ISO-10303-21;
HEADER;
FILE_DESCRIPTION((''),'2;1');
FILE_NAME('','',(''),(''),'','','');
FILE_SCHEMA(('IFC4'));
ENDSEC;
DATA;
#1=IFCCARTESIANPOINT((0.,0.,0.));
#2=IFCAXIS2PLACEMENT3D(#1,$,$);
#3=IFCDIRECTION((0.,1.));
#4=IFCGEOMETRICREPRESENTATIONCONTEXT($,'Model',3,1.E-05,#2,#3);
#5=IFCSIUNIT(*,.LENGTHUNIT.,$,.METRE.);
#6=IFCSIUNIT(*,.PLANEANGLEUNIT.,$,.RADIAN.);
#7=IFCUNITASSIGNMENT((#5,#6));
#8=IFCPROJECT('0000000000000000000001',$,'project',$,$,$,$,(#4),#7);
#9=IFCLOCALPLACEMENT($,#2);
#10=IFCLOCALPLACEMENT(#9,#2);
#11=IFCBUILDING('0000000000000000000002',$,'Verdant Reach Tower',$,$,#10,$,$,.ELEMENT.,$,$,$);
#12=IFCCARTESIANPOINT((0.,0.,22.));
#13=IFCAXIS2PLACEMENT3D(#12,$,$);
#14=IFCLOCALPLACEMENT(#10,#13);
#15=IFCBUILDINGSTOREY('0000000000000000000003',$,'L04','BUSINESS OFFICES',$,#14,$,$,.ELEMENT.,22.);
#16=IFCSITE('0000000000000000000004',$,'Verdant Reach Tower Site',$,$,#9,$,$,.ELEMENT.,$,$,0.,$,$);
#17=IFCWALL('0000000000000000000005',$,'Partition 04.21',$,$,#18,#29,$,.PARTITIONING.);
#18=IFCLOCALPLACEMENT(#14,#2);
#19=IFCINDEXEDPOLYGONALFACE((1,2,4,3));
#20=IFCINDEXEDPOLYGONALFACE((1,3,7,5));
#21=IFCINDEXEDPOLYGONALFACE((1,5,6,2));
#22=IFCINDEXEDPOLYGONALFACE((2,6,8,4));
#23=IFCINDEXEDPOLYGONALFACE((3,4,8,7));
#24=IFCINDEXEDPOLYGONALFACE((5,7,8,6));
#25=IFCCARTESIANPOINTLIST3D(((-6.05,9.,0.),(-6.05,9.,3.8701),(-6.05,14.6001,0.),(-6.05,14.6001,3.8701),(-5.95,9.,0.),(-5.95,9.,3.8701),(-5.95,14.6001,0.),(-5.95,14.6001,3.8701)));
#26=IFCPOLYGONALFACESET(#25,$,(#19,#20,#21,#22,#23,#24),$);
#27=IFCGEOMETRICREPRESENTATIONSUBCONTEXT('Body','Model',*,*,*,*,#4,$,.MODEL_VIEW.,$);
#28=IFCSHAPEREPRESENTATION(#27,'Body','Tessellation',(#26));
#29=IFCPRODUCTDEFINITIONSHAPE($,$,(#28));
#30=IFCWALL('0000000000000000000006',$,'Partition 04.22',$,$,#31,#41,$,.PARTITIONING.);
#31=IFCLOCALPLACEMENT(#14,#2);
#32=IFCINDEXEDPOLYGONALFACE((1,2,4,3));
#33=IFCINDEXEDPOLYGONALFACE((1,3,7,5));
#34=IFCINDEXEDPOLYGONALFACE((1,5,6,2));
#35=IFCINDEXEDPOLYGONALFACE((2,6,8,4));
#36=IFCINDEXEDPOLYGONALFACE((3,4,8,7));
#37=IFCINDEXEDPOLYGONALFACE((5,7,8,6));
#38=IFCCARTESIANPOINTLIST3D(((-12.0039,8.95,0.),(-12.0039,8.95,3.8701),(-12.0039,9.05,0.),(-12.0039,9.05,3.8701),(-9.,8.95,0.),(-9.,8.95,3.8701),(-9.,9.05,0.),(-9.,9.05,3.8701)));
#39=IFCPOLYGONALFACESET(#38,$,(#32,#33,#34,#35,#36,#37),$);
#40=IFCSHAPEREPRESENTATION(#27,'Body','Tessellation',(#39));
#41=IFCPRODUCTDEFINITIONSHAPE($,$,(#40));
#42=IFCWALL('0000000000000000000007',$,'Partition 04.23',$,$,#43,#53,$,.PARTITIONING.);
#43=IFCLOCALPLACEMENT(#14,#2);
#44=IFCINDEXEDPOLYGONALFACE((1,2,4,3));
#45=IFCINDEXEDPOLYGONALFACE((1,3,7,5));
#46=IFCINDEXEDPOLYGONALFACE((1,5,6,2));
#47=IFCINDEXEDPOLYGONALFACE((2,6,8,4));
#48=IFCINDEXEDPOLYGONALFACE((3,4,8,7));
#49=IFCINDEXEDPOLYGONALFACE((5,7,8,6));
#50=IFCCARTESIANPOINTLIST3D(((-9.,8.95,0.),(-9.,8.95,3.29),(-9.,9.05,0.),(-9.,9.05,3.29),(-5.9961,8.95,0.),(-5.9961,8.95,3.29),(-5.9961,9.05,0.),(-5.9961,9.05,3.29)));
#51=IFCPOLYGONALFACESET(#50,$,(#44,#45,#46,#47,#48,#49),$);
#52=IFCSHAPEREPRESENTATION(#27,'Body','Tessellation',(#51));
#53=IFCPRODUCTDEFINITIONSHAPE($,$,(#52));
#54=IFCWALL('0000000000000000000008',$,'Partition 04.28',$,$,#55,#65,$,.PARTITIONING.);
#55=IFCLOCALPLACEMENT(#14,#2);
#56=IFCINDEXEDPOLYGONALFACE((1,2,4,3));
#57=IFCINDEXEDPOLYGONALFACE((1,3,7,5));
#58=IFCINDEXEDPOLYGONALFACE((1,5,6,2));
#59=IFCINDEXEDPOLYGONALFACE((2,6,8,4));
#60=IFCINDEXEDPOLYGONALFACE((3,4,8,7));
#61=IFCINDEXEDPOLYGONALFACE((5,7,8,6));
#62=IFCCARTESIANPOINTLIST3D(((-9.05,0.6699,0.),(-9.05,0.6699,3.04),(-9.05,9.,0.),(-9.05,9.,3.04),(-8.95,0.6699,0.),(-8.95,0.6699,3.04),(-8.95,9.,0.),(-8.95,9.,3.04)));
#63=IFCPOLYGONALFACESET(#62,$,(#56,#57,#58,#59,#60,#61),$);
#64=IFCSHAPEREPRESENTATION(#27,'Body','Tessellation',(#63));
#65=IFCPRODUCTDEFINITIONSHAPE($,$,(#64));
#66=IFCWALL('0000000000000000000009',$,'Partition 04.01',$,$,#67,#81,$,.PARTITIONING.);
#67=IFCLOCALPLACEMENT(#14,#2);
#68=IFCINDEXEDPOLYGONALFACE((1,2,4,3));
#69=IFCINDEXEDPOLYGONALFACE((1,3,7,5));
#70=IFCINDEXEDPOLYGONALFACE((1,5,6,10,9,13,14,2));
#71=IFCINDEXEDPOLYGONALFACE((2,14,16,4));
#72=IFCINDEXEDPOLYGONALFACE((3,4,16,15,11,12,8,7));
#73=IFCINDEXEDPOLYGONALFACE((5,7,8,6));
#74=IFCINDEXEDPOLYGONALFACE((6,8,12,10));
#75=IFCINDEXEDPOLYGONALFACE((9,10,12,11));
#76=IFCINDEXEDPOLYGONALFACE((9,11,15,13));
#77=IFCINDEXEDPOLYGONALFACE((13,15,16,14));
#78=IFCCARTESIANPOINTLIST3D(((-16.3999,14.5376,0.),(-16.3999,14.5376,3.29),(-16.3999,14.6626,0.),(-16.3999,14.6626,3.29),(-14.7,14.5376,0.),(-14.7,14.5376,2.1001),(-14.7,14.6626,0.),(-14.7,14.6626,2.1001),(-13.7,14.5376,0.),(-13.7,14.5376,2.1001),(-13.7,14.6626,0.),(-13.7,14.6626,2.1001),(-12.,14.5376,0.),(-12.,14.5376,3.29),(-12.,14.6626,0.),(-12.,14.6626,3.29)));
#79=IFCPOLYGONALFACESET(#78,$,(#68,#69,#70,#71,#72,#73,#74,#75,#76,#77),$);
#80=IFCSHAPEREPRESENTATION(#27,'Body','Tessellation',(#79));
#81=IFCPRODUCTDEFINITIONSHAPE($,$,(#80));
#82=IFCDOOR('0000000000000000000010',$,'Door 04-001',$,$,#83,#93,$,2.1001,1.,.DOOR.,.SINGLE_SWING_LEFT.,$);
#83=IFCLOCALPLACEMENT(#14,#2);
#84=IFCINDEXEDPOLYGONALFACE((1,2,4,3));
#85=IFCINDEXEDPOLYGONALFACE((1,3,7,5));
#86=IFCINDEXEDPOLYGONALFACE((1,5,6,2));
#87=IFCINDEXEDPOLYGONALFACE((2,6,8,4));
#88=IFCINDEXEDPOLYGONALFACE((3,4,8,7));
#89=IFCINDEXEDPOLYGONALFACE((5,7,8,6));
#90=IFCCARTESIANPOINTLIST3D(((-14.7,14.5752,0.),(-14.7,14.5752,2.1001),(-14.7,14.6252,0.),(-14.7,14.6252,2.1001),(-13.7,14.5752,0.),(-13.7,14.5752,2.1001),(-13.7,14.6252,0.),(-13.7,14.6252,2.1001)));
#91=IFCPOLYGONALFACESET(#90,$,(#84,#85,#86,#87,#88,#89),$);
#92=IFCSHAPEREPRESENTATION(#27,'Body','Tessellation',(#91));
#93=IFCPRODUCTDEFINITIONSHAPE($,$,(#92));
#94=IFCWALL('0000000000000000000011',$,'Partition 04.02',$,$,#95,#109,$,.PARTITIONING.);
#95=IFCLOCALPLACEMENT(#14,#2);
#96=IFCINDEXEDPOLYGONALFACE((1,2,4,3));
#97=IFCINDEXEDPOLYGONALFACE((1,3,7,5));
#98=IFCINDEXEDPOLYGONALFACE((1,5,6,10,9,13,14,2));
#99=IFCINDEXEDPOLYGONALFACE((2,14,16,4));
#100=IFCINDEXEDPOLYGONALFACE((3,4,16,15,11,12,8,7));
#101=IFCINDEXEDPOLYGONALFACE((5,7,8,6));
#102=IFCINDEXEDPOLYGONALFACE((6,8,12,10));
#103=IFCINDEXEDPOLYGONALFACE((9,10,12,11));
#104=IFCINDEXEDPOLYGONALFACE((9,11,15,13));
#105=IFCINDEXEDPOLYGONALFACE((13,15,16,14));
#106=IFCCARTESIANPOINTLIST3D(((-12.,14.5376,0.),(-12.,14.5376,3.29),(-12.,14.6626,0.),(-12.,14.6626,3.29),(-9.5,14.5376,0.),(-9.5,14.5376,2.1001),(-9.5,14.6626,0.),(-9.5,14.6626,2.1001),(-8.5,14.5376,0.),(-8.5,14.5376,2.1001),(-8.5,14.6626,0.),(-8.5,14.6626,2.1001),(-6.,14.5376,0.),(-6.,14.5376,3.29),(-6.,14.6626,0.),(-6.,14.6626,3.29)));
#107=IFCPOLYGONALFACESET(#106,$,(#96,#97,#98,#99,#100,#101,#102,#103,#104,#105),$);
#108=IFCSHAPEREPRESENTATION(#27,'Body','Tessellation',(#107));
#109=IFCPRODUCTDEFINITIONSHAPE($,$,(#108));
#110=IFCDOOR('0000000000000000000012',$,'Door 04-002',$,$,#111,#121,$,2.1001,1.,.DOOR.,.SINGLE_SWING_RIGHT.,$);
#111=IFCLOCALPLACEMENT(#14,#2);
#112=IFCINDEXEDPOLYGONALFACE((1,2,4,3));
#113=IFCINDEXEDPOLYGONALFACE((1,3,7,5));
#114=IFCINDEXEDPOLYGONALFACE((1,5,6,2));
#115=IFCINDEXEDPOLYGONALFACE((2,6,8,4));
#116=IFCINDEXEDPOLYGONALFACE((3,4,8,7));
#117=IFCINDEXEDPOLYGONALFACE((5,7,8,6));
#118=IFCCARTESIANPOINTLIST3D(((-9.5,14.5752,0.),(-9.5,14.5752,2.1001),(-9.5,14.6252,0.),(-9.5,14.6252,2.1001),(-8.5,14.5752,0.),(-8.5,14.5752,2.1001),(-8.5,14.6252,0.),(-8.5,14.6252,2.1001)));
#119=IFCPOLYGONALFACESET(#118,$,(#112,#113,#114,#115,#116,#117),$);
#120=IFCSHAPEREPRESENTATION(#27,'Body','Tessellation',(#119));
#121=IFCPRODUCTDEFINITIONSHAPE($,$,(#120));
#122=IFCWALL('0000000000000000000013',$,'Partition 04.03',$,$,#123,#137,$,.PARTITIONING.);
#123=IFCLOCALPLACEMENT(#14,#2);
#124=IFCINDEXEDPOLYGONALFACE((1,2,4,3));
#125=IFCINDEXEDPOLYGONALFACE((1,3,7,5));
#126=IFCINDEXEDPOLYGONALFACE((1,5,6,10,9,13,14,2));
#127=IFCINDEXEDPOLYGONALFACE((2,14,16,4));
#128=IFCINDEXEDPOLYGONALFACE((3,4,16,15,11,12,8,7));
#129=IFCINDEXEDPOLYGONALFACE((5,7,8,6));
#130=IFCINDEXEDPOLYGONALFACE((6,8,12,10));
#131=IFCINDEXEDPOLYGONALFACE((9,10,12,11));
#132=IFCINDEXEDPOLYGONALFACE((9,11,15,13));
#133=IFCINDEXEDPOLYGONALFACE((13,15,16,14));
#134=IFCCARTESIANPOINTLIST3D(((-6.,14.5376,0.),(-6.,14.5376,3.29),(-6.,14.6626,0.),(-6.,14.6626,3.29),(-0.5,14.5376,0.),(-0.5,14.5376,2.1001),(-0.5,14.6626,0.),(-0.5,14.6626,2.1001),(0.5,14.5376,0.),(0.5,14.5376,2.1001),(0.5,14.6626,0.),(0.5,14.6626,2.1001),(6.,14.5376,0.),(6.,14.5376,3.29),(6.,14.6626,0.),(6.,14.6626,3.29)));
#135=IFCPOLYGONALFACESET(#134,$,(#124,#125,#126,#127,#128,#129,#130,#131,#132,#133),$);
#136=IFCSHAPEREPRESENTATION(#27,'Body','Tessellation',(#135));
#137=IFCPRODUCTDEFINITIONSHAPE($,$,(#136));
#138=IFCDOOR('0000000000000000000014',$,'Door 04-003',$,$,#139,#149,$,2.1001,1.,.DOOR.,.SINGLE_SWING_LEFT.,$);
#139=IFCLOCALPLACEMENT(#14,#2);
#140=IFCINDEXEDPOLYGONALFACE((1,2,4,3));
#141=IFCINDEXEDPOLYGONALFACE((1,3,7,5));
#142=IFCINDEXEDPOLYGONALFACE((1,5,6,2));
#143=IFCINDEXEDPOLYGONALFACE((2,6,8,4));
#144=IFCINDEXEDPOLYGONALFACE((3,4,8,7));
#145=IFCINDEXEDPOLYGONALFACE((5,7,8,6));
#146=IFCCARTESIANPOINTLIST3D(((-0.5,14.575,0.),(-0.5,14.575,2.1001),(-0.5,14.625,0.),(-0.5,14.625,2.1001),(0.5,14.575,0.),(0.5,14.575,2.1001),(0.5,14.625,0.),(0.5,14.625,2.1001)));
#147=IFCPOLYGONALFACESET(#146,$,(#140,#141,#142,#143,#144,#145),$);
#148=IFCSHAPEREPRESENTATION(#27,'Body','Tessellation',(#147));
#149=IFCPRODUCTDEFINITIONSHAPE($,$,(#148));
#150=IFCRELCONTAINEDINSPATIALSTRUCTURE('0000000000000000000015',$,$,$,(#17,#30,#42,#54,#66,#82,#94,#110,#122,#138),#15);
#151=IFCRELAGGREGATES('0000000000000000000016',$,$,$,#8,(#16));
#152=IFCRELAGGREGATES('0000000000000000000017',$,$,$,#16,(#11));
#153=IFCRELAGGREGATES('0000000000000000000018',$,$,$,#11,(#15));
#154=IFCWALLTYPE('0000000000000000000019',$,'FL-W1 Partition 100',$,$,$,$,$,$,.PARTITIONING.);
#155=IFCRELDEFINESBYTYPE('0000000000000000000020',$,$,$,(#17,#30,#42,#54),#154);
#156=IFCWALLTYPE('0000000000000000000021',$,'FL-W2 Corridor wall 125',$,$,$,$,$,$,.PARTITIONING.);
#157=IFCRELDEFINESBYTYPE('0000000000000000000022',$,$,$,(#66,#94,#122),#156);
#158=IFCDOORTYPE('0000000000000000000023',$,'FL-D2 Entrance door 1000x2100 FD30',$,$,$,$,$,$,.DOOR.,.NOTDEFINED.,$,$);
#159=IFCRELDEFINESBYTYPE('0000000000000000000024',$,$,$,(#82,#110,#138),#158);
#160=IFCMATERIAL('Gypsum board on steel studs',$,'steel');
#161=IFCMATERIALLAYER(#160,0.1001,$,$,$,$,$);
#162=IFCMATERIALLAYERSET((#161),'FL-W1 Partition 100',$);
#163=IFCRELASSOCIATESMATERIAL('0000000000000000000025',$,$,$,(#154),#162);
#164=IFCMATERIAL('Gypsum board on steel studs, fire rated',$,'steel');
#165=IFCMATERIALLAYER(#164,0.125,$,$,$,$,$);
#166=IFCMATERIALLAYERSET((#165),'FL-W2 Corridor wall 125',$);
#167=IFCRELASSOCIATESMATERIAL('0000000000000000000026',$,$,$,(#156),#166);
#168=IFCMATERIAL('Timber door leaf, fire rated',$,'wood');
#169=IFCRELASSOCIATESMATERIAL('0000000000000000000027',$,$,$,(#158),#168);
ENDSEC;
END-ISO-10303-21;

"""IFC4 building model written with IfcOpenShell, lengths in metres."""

from ifc_helpers import new_model, si_unit, direction, frame, frame_2d, origin, place, context, subcontext, project, spatial, rectangle, extrude, material, layer, layer_set, type_object, element, fill, save


model = new_model("IFC4")

# Units and contexts
model_context = context("Model", 3, precision=1e-05, world=origin(), true_north=direction((0.0, 1.0)))
body_context = subcontext(model_context, "Body", "Model", "MODEL_VIEW")
ifc_project = project(units=[si_unit("LENGTHUNIT", "METRE"), si_unit("PLANEANGLEUNIT", "RADIAN")], contexts=[model_context])

# Site, building, storey
site_placement = place(None, origin())
site = spatial("IfcSite", under=ifc_project, at=site_placement, Name="Verdant Reach Tower Site", CompositionType="ELEMENT", RefElevation=0.0)
building_placement = place(site_placement, origin())
building = spatial("IfcBuilding", under=site, at=building_placement, Name="Verdant Reach Tower", CompositionType="ELEMENT")
storey_placement = place(building_placement, frame((0.0, 0.0, 22.0)))
storey = spatial("IfcBuildingStorey", under=building, at=storey_placement, Name="L04", Description="BUSINESS OFFICES", CompositionType="ELEMENT", Elevation=22.0)

# Shared definitions
ifc_material_1 = material(Name="Gypsum board on steel studs", Category="steel")
ifc_layer_1 = layer(ifc_material_1, 0.1001)
ifc_layer_set_1 = layer_set([ifc_layer_1], Name="FL-W1 Partition 100")
wall_type_1 = type_object("IfcWallType", Name="FL-W1 Partition 100", PredefinedType="PARTITIONING", material=ifc_layer_set_1)

# Walls
wall_1_placement = place(storey_placement, frame((-6.0, 9.0, 0.0), z_axis=(0.0, 0.0, 1.0), x_axis=(0.0, 1.0, 0.0)))
element("IfcWall", 1, at=wall_1_placement, inside=storey, type_object=wall_type_1, Name="Partition 04.21", PredefinedType="PARTITIONING", context=body_context, shape_type="SweptSolid", body=[
    extrude(rectangle(XDim=5.6001, YDim=0.1001, at=frame_2d((2.8, 0.0))), origin(), (0.0, 0.0, 1.0), 3.8701),
])
wall_2_placement = place(storey_placement, frame((-12.0039, 9.0, 0.0), z_axis=(0.0, 0.0, 1.0), x_axis=(1.0, 0.0, 0.0)))
element("IfcWall", 2, at=wall_2_placement, inside=storey, type_object=wall_type_1, Name="Partition 04.22", PredefinedType="PARTITIONING", context=body_context, shape_type="SweptSolid", body=[
    extrude(rectangle(XDim=3.0039, YDim=0.1001, at=frame_2d((1.502, 0.0))), origin(), (0.0, 0.0, 1.0), 3.8701),
])
wall_3_placement = place(storey_placement, frame((-9.0, 9.0, 0.0), z_axis=(0.0, 0.0, 1.0), x_axis=(1.0, 0.0, 0.0)))
element("IfcWall", 3, at=wall_3_placement, inside=storey, type_object=wall_type_1, Name="Partition 04.23", PredefinedType="PARTITIONING", context=body_context, shape_type="SweptSolid", body=[
    extrude(rectangle(XDim=3.0039, YDim=0.1001, at=frame_2d((1.502, 0.0))), origin(), (0.0, 0.0, 1.0), 3.29),
])
wall_4_placement = place(storey_placement, frame((-9.0, 0.6699, 0.0), z_axis=(0.0, 0.0, 1.0), x_axis=(0.0, 1.0, 0.0)))
element("IfcWall", 4, at=wall_4_placement, inside=storey, type_object=wall_type_1, Name="Partition 04.28", PredefinedType="PARTITIONING", context=body_context, shape_type="SweptSolid", body=[
    extrude(rectangle(XDim=8.3301, YDim=0.1001, at=frame_2d((4.165, 0.0))), origin(), (0.0, 0.0, 1.0), 3.04),
])

# Walls, openings, doors
ifc_material_2 = material(Name="Gypsum board on steel studs, fire rated", Category="steel")
ifc_layer_2 = layer(ifc_material_2, 0.125)
ifc_layer_set_2 = layer_set([ifc_layer_2], Name="FL-W2 Corridor wall 125")
wall_type_2 = type_object("IfcWallType", Name="FL-W2 Corridor wall 125", PredefinedType="PARTITIONING", material=ifc_layer_set_2)
wall_5_placement = place(storey_placement, frame((-12.0, 14.6001, 0.0), z_axis=(0.0, 0.0, 1.0), x_axis=(-1.0, 0.0, 0.0)))
wall_5 = element("IfcWall", 5, at=wall_5_placement, inside=storey, type_object=wall_type_2, Name="Partition 04.01", PredefinedType="PARTITIONING", context=body_context, shape_type="SweptSolid", body=[
    extrude(rectangle(XDim=4.3999, YDim=0.125, at=frame_2d((2.2, 0.0))), origin(), (0.0, 0.0, 1.0), 3.29),
])
opening_1_placement = place(wall_5_placement, frame((1.7, 0.0, 0.0)))
opening_1 = element("IfcOpeningElement", 6, at=opening_1_placement, cuts=wall_5, PredefinedType="OPENING", context=body_context, shape_type="SweptSolid", body=[
    extrude(rectangle(XDim=1.0, YDim=2.1001, at=frame_2d((0.5, 1.05))), frame((0.0, 0.0725, 0.0), z_axis=(0.0, -1.0, 0.0), x_axis=(1.0, 0.0, 0.0)), (0.0, 0.0, 1.0), 0.145),
])
ifc_material_3 = material(Name="Timber door leaf, fire rated", Category="wood")
door_type_1 = type_object("IfcDoorType", Name="FL-D2 Entrance door 1000x2100 FD30", OperationType="NOTDEFINED", PredefinedType="DOOR", material=ifc_material_3)
door_1_placement = place(opening_1_placement, origin())
door_1 = element("IfcDoor", 7, at=door_1_placement, inside=storey, type_object=door_type_1, Name="Door 04-001", OperationType="SINGLE_SWING_LEFT", OverallHeight=2.1001, OverallWidth=1.0, PredefinedType="DOOR", context=body_context, shape_type="SweptSolid", body=[
    extrude(rectangle(XDim=1.0, YDim=2.1001, at=frame_2d((0.5, 1.05))), frame((0.0, 0.0249, 0.0), z_axis=(0.0, -1.0, 0.0), x_axis=(1.0, 0.0, 0.0)), (0.0, 0.0, 1.0), 0.05),
])
fill(opening_1, door_1)
wall_6_placement = place(storey_placement, frame((-6.0, 14.6001, 0.0), z_axis=(0.0, 0.0, 1.0), x_axis=(-1.0, 0.0, 0.0)))
wall_6 = element("IfcWall", 8, at=wall_6_placement, inside=storey, type_object=wall_type_2, Name="Partition 04.02", PredefinedType="PARTITIONING", context=body_context, shape_type="SweptSolid", body=[
    extrude(rectangle(XDim=6.0, YDim=0.125, at=frame_2d((3.0, 0.0))), origin(), (0.0, 0.0, 1.0), 3.29),
])
opening_2_placement = place(wall_6_placement, frame((2.5, 0.0, 0.0)))
opening_2 = element("IfcOpeningElement", 9, at=opening_2_placement, cuts=wall_6, PredefinedType="OPENING", context=body_context, shape_type="SweptSolid", body=[
    extrude(rectangle(XDim=1.0, YDim=2.1001, at=frame_2d((0.5, 1.05))), frame((0.0, 0.0725, 0.0), z_axis=(0.0, -1.0, 0.0), x_axis=(1.0, 0.0, 0.0)), (0.0, 0.0, 1.0), 0.145),
])
door_2_placement = place(opening_2_placement, origin())
door_2 = element("IfcDoor", 10, at=door_2_placement, inside=storey, type_object=door_type_1, Name="Door 04-002", OperationType="SINGLE_SWING_RIGHT", OverallHeight=2.1001, OverallWidth=1.0, PredefinedType="DOOR", context=body_context, shape_type="SweptSolid", body=[
    extrude(rectangle(XDim=1.0, YDim=2.1001, at=frame_2d((0.5, 1.05))), frame((0.0, 0.0249, 0.0), z_axis=(0.0, -1.0, 0.0), x_axis=(1.0, 0.0, 0.0)), (0.0, 0.0, 1.0), 0.05),
])
fill(opening_2, door_2)
wall_7_placement = place(storey_placement, frame((-6.0, 14.6001, 0.0), z_axis=(0.0, 0.0, 1.0), x_axis=(1.0, 0.0, 0.0)))
wall_7 = element("IfcWall", 11, at=wall_7_placement, inside=storey, type_object=wall_type_2, Name="Partition 04.03", PredefinedType="PARTITIONING", context=body_context, shape_type="SweptSolid", body=[
    extrude(rectangle(XDim=12.0, YDim=0.125, at=frame_2d((6.0, 0.0))), origin(), (0.0, 0.0, 1.0), 3.29),
])
opening_3_placement = place(wall_7_placement, frame((5.5, 0.0, 0.0)))
opening_3 = element("IfcOpeningElement", 12, at=opening_3_placement, cuts=wall_7, PredefinedType="OPENING", context=body_context, shape_type="SweptSolid", body=[
    extrude(rectangle(XDim=1.0, YDim=2.1001, at=frame_2d((0.5, 1.05))), frame((0.0, 0.0725, 0.0), z_axis=(0.0, -1.0, 0.0), x_axis=(1.0, 0.0, 0.0)), (0.0, 0.0, 1.0), 0.145),
])
door_3_placement = place(opening_3_placement, origin())
door_3 = element("IfcDoor", 13, at=door_3_placement, inside=storey, type_object=door_type_1, Name="Door 04-003", OperationType="SINGLE_SWING_LEFT", OverallHeight=2.1001, OverallWidth=1.0, PredefinedType="DOOR", context=body_context, shape_type="SweptSolid", body=[
    extrude(rectangle(XDim=1.0, YDim=2.1001, at=frame_2d((0.5, 1.05))), frame((0.0, 0.0249, 0.0), z_axis=(0.0, -1.0, 0.0), x_axis=(1.0, 0.0, 0.0)), (0.0, 0.0, 1.0), 0.05),
])
fill(opening_3, door_3)

save(model, "model.ifc")
